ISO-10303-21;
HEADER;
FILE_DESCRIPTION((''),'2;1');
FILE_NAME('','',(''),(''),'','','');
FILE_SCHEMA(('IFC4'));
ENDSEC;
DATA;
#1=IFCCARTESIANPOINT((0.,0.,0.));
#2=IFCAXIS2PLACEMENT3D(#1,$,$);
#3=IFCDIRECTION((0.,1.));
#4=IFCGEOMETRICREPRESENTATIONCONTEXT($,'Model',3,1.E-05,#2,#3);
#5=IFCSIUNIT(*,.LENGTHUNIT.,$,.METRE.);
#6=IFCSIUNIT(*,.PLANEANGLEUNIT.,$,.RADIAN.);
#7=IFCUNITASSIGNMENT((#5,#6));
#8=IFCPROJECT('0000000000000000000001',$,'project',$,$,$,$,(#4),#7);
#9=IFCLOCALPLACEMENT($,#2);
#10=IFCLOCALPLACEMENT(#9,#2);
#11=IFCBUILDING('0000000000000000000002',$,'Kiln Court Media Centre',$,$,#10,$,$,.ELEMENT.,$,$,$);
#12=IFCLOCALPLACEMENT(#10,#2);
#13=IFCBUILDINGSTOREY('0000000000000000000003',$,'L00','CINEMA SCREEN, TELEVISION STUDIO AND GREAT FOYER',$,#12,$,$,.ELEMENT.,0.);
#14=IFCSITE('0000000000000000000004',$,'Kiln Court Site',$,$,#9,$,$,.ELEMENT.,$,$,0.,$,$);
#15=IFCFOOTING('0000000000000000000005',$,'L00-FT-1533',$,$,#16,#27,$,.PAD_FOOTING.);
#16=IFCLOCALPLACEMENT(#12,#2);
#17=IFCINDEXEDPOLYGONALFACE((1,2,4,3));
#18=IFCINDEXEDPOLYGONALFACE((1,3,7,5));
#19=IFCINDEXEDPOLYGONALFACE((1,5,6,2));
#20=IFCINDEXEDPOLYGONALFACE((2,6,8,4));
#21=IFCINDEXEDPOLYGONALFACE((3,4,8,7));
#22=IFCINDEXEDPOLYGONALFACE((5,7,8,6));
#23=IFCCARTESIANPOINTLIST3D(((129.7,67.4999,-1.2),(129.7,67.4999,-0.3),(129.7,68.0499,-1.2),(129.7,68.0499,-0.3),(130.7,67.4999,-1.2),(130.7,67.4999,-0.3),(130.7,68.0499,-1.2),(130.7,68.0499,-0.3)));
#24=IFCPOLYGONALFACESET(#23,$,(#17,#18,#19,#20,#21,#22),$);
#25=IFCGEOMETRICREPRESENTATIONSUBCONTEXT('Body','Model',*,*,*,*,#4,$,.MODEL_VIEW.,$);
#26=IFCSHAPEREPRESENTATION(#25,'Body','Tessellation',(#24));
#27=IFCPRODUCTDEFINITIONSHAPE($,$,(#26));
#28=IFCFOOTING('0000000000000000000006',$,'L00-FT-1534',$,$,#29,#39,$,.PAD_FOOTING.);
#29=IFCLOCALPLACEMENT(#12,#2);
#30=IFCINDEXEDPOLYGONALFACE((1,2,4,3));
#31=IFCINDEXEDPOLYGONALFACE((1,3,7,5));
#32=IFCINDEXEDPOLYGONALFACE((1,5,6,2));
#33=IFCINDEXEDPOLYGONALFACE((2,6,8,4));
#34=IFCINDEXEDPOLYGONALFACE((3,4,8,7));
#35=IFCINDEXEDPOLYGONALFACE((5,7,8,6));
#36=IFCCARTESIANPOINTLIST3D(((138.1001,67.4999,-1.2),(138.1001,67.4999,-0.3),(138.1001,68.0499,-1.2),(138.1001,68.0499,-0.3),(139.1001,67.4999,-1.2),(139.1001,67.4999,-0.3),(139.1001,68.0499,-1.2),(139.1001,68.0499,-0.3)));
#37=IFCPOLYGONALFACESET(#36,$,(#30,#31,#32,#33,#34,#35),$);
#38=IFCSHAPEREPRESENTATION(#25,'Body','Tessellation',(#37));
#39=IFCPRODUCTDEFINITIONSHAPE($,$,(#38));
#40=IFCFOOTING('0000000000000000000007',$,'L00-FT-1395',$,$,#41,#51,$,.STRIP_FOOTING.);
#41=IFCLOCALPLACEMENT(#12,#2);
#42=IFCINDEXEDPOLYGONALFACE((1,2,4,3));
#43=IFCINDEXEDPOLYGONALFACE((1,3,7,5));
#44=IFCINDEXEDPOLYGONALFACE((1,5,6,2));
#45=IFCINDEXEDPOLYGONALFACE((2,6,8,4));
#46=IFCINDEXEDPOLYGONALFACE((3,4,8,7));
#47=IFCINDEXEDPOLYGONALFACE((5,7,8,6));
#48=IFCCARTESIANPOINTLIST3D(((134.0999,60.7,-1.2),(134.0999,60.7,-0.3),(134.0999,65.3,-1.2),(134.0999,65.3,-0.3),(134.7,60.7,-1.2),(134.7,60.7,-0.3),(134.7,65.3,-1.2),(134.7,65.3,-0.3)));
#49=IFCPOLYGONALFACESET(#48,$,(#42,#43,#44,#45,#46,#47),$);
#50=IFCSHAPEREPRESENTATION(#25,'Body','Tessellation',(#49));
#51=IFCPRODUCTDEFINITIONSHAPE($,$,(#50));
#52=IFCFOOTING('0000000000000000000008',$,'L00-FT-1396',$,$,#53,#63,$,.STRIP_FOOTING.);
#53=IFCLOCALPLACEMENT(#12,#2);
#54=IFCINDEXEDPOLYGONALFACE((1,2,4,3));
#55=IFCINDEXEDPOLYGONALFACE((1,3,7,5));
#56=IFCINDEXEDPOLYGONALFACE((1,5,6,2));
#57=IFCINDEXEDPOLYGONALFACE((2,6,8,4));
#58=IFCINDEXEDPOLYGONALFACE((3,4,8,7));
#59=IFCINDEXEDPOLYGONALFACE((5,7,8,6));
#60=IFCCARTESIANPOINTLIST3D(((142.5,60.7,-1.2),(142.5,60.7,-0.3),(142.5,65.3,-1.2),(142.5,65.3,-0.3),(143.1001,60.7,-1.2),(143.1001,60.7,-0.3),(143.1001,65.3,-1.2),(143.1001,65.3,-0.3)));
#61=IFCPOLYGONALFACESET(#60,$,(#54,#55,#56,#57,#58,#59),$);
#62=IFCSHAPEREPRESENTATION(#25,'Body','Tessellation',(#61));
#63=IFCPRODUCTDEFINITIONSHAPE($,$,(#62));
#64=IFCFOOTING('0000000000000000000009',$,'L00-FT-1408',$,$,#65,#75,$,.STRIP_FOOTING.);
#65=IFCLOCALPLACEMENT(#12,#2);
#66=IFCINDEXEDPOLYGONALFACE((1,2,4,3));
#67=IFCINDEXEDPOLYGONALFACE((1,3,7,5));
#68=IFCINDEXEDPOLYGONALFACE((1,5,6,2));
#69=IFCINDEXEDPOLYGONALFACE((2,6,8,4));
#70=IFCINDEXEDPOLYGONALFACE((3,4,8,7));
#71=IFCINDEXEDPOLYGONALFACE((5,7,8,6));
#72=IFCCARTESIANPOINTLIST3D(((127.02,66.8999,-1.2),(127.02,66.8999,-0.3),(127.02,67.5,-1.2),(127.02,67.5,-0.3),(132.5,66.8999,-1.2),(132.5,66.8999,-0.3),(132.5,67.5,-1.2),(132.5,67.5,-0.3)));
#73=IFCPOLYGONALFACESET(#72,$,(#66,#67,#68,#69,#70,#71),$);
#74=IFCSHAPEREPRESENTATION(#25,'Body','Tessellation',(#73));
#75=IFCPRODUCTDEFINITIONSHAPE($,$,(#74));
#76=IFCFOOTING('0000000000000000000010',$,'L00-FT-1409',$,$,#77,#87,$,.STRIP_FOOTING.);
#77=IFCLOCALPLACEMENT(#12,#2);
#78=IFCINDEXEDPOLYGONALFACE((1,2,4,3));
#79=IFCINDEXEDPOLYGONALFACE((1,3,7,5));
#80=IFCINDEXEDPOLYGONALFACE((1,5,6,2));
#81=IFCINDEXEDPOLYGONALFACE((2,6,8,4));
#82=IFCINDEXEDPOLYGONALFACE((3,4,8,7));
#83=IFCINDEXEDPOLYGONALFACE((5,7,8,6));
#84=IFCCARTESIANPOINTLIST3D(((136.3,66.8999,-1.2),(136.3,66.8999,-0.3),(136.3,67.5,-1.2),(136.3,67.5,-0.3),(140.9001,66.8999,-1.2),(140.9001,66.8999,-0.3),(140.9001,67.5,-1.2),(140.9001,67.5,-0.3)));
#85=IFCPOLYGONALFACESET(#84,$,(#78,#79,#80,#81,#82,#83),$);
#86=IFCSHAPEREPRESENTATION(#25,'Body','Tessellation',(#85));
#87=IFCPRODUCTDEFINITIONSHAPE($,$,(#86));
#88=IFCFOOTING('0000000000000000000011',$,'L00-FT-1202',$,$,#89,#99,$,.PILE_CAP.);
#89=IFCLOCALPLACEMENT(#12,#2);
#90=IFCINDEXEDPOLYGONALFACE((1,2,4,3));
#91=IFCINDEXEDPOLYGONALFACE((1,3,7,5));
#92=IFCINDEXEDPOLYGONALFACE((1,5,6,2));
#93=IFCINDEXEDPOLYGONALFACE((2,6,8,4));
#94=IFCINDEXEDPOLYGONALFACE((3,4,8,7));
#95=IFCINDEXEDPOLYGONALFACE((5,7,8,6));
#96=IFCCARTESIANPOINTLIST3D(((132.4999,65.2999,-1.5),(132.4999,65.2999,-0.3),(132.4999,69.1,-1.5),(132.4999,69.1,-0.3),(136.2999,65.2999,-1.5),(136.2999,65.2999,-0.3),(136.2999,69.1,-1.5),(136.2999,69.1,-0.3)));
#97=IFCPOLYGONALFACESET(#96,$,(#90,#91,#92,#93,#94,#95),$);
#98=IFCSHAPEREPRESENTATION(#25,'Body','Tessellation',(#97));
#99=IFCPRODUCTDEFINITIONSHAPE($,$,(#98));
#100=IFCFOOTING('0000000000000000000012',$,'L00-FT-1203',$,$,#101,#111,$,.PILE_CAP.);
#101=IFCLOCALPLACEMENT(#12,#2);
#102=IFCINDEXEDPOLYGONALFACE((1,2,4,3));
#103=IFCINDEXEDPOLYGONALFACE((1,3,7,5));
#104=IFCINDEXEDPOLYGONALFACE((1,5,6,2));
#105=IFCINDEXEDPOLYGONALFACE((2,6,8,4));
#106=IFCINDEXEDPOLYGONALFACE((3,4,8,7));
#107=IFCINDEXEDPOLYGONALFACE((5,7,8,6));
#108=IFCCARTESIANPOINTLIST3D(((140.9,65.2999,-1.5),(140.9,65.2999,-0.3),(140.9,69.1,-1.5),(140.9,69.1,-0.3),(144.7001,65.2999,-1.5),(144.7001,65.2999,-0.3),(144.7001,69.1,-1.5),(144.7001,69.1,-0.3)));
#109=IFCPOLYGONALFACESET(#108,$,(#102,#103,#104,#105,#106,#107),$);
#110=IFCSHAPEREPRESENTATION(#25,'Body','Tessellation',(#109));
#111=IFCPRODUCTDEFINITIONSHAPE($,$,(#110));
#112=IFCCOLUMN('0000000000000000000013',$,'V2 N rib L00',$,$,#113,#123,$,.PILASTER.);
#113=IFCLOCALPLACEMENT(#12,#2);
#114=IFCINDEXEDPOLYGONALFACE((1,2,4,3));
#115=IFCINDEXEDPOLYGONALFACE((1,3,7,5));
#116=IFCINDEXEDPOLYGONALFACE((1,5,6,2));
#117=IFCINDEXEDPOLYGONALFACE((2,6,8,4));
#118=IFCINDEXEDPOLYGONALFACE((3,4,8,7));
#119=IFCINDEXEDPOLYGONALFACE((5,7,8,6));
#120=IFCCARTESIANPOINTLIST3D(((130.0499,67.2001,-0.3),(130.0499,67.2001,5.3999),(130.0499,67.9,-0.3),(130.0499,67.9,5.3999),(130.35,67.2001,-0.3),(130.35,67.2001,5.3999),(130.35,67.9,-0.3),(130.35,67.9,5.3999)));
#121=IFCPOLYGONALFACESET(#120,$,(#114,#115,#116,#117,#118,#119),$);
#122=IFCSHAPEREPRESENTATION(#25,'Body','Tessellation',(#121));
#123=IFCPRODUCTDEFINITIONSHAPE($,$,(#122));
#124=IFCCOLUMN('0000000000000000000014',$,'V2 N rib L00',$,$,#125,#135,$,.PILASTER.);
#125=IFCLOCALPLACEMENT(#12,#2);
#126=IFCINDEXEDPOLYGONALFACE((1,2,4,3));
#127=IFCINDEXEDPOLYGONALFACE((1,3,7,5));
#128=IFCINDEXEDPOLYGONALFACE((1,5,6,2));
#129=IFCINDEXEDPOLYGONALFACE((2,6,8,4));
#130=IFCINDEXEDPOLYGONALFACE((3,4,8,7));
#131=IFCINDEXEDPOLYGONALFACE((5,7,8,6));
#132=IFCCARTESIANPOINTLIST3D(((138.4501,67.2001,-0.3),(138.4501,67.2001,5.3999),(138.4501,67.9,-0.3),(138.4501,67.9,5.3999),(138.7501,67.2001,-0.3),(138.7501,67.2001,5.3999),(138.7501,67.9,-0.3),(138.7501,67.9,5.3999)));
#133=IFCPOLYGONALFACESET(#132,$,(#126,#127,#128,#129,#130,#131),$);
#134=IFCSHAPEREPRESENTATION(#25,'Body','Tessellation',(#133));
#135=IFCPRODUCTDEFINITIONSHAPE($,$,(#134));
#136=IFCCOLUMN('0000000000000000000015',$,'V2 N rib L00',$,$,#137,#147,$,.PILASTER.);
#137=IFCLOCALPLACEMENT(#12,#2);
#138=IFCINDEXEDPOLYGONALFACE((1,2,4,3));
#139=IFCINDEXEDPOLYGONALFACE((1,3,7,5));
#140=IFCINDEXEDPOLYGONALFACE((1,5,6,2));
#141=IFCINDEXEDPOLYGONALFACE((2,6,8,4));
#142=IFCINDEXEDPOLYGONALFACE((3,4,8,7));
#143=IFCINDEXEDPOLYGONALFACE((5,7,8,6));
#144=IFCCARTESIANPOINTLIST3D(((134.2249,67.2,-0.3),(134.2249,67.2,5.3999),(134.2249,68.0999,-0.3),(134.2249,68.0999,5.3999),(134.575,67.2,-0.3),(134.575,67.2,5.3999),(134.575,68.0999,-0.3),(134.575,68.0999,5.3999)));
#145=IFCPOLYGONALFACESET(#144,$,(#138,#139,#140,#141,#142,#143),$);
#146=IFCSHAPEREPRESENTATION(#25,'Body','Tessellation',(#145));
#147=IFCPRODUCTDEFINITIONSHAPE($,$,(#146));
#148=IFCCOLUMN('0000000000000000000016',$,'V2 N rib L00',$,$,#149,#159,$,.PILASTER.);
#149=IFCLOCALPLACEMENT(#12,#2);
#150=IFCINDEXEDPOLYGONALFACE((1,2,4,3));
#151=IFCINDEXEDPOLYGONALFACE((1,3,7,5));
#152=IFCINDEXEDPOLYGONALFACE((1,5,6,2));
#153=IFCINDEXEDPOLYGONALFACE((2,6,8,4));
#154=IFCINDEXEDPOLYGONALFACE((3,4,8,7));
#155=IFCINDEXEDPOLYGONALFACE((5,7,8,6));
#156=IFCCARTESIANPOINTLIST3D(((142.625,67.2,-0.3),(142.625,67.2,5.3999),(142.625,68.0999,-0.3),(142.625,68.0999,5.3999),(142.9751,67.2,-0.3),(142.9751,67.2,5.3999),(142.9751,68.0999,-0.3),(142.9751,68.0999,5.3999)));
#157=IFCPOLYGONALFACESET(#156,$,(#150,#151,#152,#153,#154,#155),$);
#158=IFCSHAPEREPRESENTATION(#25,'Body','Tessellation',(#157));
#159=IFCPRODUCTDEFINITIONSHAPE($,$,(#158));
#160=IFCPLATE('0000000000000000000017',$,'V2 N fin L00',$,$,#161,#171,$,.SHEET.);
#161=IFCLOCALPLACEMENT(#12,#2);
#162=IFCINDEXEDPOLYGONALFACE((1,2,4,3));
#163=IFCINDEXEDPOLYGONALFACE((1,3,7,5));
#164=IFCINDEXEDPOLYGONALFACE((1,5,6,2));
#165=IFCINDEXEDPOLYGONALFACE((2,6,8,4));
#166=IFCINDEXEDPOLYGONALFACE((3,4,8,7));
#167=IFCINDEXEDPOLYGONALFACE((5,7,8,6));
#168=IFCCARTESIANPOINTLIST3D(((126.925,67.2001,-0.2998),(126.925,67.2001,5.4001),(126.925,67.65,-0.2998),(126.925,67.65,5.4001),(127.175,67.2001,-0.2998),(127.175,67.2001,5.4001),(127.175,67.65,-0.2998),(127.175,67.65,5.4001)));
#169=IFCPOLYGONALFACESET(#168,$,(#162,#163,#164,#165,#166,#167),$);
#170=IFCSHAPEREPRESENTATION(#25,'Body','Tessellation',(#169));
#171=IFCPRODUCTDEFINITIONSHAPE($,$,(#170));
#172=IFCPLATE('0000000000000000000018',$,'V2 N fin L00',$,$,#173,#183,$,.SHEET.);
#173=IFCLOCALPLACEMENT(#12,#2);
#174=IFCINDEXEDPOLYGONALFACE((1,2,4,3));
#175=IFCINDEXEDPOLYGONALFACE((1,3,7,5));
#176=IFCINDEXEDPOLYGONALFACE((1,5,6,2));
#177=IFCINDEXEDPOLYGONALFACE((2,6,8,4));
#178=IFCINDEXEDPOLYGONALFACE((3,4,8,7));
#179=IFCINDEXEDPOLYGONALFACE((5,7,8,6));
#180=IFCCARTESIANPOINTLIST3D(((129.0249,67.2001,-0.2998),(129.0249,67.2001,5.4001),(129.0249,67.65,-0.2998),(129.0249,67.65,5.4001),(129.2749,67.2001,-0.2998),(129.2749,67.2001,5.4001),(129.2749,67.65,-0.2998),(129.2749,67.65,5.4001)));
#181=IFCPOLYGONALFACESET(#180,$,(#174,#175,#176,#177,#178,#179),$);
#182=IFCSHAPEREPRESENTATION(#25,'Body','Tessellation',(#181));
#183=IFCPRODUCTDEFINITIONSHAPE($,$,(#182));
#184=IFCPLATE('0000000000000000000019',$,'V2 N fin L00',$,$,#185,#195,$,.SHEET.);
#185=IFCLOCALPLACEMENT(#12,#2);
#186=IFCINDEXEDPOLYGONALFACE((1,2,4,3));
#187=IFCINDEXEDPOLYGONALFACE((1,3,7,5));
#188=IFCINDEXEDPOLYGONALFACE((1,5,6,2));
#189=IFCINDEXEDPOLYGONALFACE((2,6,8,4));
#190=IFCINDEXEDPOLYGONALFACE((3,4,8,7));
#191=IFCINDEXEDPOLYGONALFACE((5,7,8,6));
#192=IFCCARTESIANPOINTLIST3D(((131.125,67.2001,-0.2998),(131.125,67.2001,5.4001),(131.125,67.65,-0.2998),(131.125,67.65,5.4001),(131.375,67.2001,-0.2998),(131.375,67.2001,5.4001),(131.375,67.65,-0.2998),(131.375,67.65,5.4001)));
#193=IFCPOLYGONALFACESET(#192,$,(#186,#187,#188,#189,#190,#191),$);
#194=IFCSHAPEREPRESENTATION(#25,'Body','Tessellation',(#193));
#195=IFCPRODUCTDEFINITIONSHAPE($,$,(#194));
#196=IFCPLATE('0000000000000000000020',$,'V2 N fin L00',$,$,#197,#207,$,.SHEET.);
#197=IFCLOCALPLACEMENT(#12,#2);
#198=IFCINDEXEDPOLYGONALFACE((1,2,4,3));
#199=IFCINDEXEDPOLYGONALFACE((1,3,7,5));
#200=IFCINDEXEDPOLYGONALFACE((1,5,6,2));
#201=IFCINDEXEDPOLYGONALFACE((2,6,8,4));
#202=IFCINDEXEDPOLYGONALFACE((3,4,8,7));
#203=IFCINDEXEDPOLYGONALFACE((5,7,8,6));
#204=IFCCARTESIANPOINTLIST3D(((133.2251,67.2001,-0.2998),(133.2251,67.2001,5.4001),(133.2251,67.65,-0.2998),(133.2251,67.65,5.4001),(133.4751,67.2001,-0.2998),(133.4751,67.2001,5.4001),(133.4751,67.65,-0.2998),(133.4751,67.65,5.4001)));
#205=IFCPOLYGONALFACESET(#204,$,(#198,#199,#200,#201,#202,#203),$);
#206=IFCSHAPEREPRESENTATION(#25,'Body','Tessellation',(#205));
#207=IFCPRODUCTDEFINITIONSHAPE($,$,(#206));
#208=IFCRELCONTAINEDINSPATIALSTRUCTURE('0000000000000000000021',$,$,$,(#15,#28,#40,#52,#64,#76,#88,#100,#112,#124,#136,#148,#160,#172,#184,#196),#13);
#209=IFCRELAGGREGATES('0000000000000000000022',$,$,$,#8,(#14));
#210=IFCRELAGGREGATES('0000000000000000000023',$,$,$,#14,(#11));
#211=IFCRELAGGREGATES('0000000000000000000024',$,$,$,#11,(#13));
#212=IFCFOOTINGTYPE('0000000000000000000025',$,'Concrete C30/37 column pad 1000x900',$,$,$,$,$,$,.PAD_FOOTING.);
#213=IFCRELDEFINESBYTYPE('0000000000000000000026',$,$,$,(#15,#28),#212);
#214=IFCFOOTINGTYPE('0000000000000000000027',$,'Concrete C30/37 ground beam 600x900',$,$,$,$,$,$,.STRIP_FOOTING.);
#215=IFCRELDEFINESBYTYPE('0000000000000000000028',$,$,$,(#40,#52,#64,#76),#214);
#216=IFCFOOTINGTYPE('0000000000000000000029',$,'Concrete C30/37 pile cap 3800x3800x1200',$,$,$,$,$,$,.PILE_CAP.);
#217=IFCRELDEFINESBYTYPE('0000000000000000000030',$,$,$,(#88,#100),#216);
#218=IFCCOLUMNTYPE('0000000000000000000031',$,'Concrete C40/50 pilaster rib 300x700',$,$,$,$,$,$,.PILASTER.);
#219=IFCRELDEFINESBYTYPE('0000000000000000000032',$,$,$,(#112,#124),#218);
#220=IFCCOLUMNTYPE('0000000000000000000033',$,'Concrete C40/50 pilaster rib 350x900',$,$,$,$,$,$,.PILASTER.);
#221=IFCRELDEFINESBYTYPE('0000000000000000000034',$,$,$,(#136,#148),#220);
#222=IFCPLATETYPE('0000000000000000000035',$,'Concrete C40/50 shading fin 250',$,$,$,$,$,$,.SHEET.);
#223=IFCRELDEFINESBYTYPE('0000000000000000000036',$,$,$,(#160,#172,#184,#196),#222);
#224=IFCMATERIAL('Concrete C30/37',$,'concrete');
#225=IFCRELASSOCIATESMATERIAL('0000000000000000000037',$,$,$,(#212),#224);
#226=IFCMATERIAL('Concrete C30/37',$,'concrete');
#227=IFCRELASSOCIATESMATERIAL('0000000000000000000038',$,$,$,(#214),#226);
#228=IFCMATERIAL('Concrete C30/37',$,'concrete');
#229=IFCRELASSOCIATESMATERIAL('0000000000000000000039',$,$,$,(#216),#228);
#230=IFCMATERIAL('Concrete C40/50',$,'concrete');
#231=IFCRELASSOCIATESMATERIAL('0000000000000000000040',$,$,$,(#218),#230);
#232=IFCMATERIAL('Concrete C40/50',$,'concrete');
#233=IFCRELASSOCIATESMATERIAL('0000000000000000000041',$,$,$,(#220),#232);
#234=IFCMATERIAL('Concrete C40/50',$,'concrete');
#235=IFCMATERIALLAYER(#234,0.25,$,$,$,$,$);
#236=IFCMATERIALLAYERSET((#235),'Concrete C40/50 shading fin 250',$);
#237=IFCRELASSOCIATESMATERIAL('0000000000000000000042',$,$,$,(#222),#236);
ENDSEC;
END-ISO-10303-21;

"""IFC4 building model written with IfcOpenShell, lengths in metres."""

from ifc_helpers import new_model, si_unit, direction, frame, origin, origin_2d, place, context, subcontext, project, spatial, rectangle, extrude, material, layer, layer_set, material_profile, profile_set, type_object, element, save


model = new_model("IFC4")

# Units and contexts
model_context = context("Model", 3, precision=1e-05, world=origin(), true_north=direction((0.0, 1.0)))
body_context = subcontext(model_context, "Body", "Model", "MODEL_VIEW")
ifc_project = project(units=[si_unit("LENGTHUNIT", "METRE"), si_unit("PLANEANGLEUNIT", "RADIAN")], contexts=[model_context])

# Site, building, storey
site_placement = place(None, origin())
site = spatial("IfcSite", under=ifc_project, at=site_placement, Name="Kiln Court Site", CompositionType="ELEMENT", RefElevation=0.0)
building_placement = place(site_placement, origin())
building = spatial("IfcBuilding", under=site, at=building_placement, Name="Kiln Court Media Centre", CompositionType="ELEMENT")
storey_placement = place(building_placement, origin())
storey = spatial("IfcBuildingStorey", under=building, at=storey_placement, Name="L00", Description="CINEMA SCREEN, TELEVISION STUDIO AND GREAT FOYER", CompositionType="ELEMENT", Elevation=0.0)

# Footings
ifc_material_1 = material(Name="Concrete C30/37", Category="concrete")
footing_type_1 = type_object("IfcFootingType", Name="Concrete C30/37 column pad 1000x900", PredefinedType="PAD_FOOTING", material=ifc_material_1)
for number, where, z_axis, x_axis, name in (
    (1, (130.2, 67.7749, -1.2), (0.0, 0.0, 1.0), (1.0, 0.0, 0.0), "L00-FT-1533"),
    (2, (138.6001, 67.7749, -1.2), (0.0, 0.0, 1.0), (1.0, 0.0, 0.0), "L00-FT-1534"),
):
    element("IfcFooting", number, at=place(storey_placement, frame(where, z_axis=z_axis, x_axis=x_axis)), inside=storey, type_object=footing_type_1, Name=name, PredefinedType="PAD_FOOTING", context=body_context, shape_type="SweptSolid", body=[
        extrude(rectangle(XDim=1.0, YDim=0.55, at=origin_2d()), origin(), (0.0, 0.0, 1.0), 0.8999),
    ])
ifc_material_2 = material(Name="Concrete C30/37", Category="concrete")
footing_type_2 = type_object("IfcFootingType", Name="Concrete C30/37 ground beam 600x900", PredefinedType="STRIP_FOOTING", material=ifc_material_2)
for number, where, z_axis, x_axis, name in (
    (3, (134.3999, 63.0, -1.2), (0.0, 0.0, 1.0), (1.0, 0.0, 0.0), "L00-FT-1395"),
    (4, (142.8, 63.0, -1.2), (0.0, 0.0, 1.0), (1.0, 0.0, 0.0), "L00-FT-1396"),
):
    element("IfcFooting", number, at=place(storey_placement, frame(where, z_axis=z_axis, x_axis=x_axis)), inside=storey, type_object=footing_type_2, Name=name, PredefinedType="STRIP_FOOTING", context=body_context, shape_type="SweptSolid", body=[
        extrude(rectangle(XDim=0.6001, YDim=4.6001, at=origin_2d()), origin(), (0.0, 0.0, 1.0), 0.8999),
    ])
footing_1_placement = place(storey_placement, frame((129.76, 67.2, -1.2), z_axis=(0.0, 0.0, 1.0), x_axis=(1.0, 0.0, 0.0)))
element("IfcFooting", 5, at=footing_1_placement, inside=storey, type_object=footing_type_2, Name="L00-FT-1408", PredefinedType="STRIP_FOOTING", context=body_context, shape_type="SweptSolid", body=[
    extrude(rectangle(XDim=5.48, YDim=0.6001, at=origin_2d()), origin(), (0.0, 0.0, 1.0), 0.8999),
])
footing_2_placement = place(storey_placement, frame((138.6001, 67.2, -1.2), z_axis=(0.0, 0.0, 1.0), x_axis=(1.0, 0.0, 0.0)))
element("IfcFooting", 6, at=footing_2_placement, inside=storey, type_object=footing_type_2, Name="L00-FT-1409", PredefinedType="STRIP_FOOTING", context=body_context, shape_type="SweptSolid", body=[
    extrude(rectangle(XDim=4.6001, YDim=0.6001, at=origin_2d()), origin(), (0.0, 0.0, 1.0), 0.8999),
])
ifc_material_3 = material(Name="Concrete C30/37", Category="concrete")
footing_type_3 = type_object("IfcFootingType", Name="Concrete C30/37 pile cap 3800x3800x1200", PredefinedType="PILE_CAP", material=ifc_material_3)
for number, where, z_axis, x_axis, name in (
    (7, (134.3999, 67.2, -1.5), (0.0, 0.0, 1.0), (1.0, 0.0, 0.0), "L00-FT-1202"),
    (8, (142.8, 67.2, -1.5), (0.0, 0.0, 1.0), (1.0, 0.0, 0.0), "L00-FT-1203"),
):
    element("IfcFooting", number, at=place(storey_placement, frame(where, z_axis=z_axis, x_axis=x_axis)), inside=storey, type_object=footing_type_3, Name=name, PredefinedType="PILE_CAP", context=body_context, shape_type="SweptSolid", body=[
        extrude(rectangle(XDim=3.8, YDim=3.8, at=origin_2d()), origin(), (0.0, 0.0, 1.0), 1.2),
    ])

# Columns
ifc_material_4 = material(Name="Concrete C40/50", Category="concrete")
ifc_material_profile_1 = material_profile(ifc_material_4, rectangle(XDim=0.3, YDim=0.7, at=origin_2d()), Name="RC 300x700")
ifc_profile_set_1 = profile_set([ifc_material_profile_1], Name="Concrete C40/50")
column_type_1 = type_object("IfcColumnType", Name="Concrete C40/50 pilaster rib 300x700", PredefinedType="PILASTER", material=ifc_profile_set_1)
for number, where, z_axis, x_axis, name in (
    (9, (130.2, 67.55, -0.3), (0.0, 0.0, 1.0), (1.0, 0.0, 0.0), "V2 N rib L00"),
    (10, (138.6001, 67.55, -0.3), (0.0, 0.0, 1.0), (1.0, 0.0, 0.0), "V2 N rib L00"),
):
    element("IfcColumn", number, at=place(storey_placement, frame(where, z_axis=z_axis, x_axis=x_axis)), inside=storey, type_object=column_type_1, Name=name, PredefinedType="PILASTER", context=body_context, shape_type="SweptSolid", body=[
        extrude(rectangle(XDim=0.3, YDim=0.7, at=origin_2d()), origin(), (0.0, 0.0, 1.0), 5.7),
    ])
ifc_material_5 = material(Name="Concrete C40/50", Category="concrete")
ifc_material_profile_2 = material_profile(ifc_material_5, rectangle(XDim=0.3501, YDim=0.8999, at=origin_2d()), Name="RC 350x900")
ifc_profile_set_2 = profile_set([ifc_material_profile_2], Name="Concrete C40/50")
column_type_2 = type_object("IfcColumnType", Name="Concrete C40/50 pilaster rib 350x900", PredefinedType="PILASTER", material=ifc_profile_set_2)
for number, where, z_axis, x_axis, name in (
    (11, (134.3999, 67.6499, -0.3), (0.0, 0.0, 1.0), (1.0, 0.0, 0.0), "V2 N rib L00"),
    (12, (142.8, 67.6499, -0.3), (0.0, 0.0, 1.0), (1.0, 0.0, 0.0), "V2 N rib L00"),
):
    element("IfcColumn", number, at=place(storey_placement, frame(where, z_axis=z_axis, x_axis=x_axis)), inside=storey, type_object=column_type_2, Name=name, PredefinedType="PILASTER", context=body_context, shape_type="SweptSolid", body=[
        extrude(rectangle(XDim=0.3501, YDim=0.8999, at=origin_2d()), origin(), (0.0, 0.0, 1.0), 5.7),
    ])

# Plates
ifc_material_6 = material(Name="Concrete C40/50", Category="concrete")
ifc_layer = layer(ifc_material_6, 0.25)
ifc_layer_set = layer_set([ifc_layer], Name="Concrete C40/50 shading fin 250")
plate_type = type_object("IfcPlateType", Name="Concrete C40/50 shading fin 250", PredefinedType="SHEET", material=ifc_layer_set)
for number, where, z_axis, x_axis, name in (
    (13, (127.05, 67.425, -0.2998), (0.0, 0.0, 1.0), (1.0, 0.0, 0.0), "V2 N fin L00"),
    (14, (129.1499, 67.425, -0.2998), (0.0, 0.0, 1.0), (1.0, 0.0, 0.0), "V2 N fin L00"),
    (15, (131.25, 67.425, -0.2998), (0.0, 0.0, 1.0), (1.0, 0.0, 0.0), "V2 N fin L00"),
    (16, (133.3501, 67.425, -0.2998), (0.0, 0.0, 1.0), (1.0, 0.0, 0.0), "V2 N fin L00"),
):
    element("IfcPlate", number, at=place(storey_placement, frame(where, z_axis=z_axis, x_axis=x_axis)), inside=storey, type_object=plate_type, Name=name, PredefinedType="SHEET", context=body_context, shape_type="SweptSolid", body=[
        extrude(rectangle(XDim=0.25, YDim=0.45, at=origin_2d()), origin(), (0.0, 0.0, 1.0), 5.7),
    ])

save(model, "model.ifc")
